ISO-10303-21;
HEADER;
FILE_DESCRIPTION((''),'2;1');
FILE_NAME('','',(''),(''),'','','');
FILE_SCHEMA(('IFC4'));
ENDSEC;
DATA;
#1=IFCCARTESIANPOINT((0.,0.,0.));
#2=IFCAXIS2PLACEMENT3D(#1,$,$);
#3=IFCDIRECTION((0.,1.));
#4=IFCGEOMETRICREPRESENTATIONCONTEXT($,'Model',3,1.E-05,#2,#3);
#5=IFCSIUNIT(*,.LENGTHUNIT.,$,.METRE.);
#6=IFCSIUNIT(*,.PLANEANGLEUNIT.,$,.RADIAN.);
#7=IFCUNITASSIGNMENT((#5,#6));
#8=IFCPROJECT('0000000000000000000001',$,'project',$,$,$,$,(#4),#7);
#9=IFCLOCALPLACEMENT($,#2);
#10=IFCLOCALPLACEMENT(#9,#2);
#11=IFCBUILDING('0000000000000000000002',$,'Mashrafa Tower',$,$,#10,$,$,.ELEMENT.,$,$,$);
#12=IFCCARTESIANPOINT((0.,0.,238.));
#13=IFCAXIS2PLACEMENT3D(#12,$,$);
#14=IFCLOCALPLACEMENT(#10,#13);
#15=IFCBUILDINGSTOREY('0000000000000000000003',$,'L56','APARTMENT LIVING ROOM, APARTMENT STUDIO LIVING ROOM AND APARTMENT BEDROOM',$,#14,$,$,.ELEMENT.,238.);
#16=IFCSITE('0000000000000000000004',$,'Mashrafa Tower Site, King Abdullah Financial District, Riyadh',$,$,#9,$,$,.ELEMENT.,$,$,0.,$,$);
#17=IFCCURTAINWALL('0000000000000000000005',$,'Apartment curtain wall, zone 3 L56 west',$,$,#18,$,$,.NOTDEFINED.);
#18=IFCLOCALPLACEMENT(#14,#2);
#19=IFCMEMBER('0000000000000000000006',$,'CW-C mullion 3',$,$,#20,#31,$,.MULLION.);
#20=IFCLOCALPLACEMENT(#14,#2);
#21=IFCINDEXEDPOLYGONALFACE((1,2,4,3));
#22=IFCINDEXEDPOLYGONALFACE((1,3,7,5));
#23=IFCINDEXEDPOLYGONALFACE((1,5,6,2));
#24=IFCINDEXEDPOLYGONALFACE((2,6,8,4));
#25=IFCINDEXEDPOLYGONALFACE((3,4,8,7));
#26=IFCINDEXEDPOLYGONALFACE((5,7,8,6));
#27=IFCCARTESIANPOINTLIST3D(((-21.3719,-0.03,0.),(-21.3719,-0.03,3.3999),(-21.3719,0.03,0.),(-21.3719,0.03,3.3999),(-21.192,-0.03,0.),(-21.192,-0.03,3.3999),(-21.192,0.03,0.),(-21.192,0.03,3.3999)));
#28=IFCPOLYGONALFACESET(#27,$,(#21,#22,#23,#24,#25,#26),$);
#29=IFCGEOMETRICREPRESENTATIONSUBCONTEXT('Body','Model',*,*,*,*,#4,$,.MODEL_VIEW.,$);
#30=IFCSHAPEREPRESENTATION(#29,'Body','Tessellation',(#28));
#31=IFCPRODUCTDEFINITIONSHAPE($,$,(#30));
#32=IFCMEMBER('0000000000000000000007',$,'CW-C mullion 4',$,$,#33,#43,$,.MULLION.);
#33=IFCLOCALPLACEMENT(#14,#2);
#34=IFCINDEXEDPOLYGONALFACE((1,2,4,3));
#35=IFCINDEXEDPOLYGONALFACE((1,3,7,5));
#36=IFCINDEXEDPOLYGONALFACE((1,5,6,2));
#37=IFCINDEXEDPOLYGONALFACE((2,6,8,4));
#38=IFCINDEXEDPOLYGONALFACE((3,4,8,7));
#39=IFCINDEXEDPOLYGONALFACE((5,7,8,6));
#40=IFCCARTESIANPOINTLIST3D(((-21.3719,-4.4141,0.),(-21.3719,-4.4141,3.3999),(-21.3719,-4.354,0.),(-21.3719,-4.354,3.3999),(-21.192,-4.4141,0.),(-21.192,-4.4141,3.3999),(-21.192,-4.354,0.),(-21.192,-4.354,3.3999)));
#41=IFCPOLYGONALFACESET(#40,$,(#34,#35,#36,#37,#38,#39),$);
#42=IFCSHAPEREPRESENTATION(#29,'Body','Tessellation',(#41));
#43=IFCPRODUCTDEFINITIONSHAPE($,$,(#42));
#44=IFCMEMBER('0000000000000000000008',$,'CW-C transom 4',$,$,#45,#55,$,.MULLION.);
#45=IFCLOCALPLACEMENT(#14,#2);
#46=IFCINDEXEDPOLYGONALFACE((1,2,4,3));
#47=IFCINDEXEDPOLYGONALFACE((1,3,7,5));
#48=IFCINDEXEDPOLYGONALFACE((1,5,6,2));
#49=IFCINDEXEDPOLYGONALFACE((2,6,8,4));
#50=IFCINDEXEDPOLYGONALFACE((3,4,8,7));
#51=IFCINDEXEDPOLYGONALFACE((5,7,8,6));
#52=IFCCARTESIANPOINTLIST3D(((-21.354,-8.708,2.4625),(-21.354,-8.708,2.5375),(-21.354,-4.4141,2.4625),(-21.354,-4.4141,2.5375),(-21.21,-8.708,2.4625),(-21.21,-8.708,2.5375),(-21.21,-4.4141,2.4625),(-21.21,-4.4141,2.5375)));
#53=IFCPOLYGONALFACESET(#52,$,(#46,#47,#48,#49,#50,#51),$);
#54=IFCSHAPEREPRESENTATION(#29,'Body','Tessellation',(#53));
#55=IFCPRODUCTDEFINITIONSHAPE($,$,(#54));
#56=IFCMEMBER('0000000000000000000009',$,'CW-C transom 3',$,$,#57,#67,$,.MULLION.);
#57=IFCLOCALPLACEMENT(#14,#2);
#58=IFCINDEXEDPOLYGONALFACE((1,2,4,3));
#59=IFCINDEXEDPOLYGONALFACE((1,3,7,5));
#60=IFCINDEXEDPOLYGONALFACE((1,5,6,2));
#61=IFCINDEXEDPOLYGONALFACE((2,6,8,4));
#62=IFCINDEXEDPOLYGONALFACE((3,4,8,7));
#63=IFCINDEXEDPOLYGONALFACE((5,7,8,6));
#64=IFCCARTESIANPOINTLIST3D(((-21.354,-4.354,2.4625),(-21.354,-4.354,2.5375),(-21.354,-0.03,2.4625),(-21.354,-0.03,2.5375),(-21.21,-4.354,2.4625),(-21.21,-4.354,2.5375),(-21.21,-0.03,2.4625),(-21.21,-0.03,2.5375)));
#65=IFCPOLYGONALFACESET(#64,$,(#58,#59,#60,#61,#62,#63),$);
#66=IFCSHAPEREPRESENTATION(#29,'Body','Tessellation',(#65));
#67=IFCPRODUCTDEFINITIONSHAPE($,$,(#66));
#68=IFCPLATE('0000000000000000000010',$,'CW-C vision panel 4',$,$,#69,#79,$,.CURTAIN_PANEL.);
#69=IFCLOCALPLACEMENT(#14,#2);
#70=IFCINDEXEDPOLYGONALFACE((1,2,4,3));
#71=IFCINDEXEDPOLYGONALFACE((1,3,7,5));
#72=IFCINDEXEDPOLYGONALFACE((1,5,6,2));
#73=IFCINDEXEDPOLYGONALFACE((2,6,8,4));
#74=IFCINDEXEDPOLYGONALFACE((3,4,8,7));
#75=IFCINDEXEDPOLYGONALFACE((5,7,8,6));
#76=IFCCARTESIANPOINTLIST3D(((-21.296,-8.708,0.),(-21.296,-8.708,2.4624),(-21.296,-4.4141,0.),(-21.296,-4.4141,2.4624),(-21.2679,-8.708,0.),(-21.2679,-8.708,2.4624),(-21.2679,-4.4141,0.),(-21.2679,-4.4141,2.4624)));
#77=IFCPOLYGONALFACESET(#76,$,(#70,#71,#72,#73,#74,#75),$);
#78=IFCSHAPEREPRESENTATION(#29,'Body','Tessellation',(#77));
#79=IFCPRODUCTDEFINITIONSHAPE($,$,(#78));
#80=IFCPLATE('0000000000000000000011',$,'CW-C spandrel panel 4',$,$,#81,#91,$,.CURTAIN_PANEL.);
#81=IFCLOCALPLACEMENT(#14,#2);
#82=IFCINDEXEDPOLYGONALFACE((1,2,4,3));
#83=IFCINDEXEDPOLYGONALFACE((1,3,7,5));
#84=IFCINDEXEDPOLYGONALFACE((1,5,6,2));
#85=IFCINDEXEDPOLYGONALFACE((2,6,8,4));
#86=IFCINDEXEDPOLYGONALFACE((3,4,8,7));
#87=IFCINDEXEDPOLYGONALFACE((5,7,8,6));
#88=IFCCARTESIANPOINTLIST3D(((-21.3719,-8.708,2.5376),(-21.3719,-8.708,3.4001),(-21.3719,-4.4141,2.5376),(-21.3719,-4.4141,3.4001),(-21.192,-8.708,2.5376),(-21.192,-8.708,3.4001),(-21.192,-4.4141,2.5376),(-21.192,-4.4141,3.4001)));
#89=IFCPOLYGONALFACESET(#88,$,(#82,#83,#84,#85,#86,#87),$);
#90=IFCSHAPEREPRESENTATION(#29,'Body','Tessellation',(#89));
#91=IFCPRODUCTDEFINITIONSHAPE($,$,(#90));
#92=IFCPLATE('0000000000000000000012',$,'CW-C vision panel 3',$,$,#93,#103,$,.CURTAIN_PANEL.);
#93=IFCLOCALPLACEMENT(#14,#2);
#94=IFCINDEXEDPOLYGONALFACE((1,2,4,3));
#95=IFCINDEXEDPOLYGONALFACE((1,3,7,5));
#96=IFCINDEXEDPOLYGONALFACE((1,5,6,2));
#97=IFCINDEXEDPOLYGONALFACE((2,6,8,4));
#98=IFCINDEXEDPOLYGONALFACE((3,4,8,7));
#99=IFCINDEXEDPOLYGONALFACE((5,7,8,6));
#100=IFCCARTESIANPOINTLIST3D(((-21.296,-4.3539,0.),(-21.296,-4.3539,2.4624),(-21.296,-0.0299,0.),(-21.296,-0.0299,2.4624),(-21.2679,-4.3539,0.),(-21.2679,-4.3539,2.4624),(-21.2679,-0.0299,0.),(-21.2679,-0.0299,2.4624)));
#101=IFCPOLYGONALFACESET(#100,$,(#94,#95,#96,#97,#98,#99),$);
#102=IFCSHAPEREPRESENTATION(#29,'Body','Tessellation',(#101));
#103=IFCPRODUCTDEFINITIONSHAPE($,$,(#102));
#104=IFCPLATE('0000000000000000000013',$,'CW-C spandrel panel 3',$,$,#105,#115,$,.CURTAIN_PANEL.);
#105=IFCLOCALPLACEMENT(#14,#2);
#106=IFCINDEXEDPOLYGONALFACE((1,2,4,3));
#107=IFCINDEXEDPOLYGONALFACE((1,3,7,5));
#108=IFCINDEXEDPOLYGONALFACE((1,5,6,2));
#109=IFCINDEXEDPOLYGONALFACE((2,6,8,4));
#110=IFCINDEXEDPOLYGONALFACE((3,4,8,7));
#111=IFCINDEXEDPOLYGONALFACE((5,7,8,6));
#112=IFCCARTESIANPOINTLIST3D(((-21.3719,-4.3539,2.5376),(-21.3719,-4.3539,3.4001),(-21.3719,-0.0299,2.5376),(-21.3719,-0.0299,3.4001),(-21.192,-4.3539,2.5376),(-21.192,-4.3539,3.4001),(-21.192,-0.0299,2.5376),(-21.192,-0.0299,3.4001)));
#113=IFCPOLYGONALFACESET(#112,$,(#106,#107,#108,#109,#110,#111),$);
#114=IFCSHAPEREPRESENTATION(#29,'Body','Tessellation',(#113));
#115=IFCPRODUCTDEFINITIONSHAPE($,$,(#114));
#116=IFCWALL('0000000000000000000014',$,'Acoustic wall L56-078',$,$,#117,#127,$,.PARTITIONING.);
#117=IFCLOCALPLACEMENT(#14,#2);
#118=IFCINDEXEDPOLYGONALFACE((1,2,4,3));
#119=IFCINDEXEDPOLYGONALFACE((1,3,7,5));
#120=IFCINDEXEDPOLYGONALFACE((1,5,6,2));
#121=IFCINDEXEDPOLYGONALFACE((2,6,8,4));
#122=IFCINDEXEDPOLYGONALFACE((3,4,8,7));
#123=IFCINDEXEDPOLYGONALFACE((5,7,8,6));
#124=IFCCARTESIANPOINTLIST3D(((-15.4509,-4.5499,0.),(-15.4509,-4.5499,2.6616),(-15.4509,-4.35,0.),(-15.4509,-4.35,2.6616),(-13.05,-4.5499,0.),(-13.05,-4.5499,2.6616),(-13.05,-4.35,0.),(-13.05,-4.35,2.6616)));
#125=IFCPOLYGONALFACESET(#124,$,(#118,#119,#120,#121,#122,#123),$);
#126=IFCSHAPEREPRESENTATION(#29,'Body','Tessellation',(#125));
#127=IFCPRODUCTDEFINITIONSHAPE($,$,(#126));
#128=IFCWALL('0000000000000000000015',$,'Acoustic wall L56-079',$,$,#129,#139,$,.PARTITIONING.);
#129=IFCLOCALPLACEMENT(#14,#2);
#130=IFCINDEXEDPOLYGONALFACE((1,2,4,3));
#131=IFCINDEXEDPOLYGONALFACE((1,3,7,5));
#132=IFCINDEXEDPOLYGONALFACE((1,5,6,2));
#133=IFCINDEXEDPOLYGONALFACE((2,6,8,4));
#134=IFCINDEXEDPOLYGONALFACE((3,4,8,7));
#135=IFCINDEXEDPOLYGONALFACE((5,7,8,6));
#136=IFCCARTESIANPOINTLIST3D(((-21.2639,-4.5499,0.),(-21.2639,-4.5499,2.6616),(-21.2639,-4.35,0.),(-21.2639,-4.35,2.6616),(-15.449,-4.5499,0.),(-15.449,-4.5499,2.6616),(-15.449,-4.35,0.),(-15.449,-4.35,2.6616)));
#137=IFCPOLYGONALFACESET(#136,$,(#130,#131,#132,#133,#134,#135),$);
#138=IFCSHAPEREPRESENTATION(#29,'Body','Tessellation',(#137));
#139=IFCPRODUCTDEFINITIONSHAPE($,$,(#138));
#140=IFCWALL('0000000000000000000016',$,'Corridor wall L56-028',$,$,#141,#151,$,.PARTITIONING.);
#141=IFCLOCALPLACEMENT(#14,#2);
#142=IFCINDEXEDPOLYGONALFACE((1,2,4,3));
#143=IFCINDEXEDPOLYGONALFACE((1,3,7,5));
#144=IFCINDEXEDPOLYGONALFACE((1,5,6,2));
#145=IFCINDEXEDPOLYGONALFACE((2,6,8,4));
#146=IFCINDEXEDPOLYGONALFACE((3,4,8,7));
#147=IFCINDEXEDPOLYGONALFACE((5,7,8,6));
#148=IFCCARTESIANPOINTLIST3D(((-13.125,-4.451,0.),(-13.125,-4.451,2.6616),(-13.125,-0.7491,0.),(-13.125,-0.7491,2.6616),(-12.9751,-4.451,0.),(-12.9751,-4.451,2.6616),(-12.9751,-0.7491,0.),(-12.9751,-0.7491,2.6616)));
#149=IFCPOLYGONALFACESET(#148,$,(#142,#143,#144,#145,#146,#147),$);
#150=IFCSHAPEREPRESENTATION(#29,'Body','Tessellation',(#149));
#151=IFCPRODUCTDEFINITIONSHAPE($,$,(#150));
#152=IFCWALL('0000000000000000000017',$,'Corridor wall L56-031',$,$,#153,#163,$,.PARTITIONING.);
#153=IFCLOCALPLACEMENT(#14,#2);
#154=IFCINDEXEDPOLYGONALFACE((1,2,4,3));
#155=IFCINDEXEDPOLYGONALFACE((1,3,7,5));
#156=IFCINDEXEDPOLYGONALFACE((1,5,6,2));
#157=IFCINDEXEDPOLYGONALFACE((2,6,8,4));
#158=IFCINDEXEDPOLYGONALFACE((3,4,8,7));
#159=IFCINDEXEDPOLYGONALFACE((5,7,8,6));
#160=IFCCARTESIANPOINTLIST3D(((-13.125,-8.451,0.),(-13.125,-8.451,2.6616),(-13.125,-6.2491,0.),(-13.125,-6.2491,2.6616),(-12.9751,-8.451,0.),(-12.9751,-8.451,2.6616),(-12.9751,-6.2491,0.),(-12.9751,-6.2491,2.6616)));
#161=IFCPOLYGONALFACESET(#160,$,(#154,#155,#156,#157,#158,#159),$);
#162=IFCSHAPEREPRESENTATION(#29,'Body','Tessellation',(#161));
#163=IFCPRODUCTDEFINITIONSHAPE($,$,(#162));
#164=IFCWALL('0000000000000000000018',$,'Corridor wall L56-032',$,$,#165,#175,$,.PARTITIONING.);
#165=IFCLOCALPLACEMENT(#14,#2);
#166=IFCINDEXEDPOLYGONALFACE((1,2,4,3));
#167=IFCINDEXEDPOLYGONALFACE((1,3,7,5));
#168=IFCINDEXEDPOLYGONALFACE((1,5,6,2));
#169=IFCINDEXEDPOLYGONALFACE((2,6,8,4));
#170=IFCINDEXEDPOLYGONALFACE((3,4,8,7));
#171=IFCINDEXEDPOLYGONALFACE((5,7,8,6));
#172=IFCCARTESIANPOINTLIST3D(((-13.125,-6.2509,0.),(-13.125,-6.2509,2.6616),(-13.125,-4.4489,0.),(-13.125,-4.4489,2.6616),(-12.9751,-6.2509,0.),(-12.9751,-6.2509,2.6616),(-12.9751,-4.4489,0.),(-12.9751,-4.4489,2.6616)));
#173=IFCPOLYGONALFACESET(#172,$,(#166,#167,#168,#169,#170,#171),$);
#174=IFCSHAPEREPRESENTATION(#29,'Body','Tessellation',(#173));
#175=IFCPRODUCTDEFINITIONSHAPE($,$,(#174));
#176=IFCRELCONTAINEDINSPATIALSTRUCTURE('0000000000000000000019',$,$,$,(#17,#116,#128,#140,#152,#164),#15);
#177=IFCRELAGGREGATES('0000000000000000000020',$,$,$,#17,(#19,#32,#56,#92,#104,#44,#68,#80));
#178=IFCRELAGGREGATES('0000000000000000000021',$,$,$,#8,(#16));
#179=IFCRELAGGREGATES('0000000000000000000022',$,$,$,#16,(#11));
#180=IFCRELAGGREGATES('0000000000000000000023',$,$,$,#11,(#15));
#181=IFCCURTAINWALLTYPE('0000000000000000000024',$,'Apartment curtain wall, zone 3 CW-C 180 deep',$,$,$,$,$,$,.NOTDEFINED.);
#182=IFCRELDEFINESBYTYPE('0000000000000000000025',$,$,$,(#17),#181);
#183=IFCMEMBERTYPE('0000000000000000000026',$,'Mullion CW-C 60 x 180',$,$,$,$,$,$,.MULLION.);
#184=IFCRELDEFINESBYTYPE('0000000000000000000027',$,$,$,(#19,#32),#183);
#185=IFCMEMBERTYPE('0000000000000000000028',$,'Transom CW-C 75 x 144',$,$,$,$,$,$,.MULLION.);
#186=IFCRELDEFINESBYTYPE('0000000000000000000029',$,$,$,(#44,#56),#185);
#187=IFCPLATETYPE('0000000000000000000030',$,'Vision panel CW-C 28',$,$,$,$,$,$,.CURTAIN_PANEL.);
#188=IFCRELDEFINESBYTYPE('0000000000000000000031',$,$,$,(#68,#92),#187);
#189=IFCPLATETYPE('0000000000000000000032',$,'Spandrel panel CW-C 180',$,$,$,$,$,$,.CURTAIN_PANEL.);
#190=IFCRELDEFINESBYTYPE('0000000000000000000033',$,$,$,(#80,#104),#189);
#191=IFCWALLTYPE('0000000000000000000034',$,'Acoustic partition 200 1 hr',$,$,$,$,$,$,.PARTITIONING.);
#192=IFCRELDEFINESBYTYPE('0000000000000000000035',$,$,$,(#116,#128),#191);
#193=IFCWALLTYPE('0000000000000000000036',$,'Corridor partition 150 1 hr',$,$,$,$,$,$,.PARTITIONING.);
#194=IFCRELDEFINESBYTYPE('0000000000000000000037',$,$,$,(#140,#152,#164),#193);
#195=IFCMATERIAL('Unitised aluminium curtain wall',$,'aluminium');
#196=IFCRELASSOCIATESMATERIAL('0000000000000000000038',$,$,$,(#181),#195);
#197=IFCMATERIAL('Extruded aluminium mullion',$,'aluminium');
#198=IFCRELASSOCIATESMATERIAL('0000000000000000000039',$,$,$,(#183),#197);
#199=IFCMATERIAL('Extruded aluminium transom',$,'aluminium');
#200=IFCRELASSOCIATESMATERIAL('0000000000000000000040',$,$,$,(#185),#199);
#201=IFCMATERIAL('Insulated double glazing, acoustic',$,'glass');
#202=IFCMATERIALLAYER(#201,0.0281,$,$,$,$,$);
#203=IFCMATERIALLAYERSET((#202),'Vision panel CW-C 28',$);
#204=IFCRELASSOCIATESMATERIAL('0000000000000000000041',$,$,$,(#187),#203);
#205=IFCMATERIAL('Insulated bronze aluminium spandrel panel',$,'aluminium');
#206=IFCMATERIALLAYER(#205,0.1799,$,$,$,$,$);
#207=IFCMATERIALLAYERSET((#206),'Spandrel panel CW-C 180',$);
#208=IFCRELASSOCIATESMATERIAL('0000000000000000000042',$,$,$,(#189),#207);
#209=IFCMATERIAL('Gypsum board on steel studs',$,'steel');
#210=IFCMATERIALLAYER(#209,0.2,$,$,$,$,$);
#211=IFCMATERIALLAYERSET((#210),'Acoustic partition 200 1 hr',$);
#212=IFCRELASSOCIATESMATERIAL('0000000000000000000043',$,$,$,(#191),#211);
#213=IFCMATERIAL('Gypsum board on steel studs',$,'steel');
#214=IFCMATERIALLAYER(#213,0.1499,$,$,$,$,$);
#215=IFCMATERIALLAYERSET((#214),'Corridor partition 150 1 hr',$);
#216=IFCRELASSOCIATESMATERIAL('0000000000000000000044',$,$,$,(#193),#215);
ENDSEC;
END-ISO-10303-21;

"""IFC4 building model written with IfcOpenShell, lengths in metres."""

from ifc_helpers import new_model, si_unit, direction, frame, frame_2d, origin, origin_2d, place, context, subcontext, project, spatial, rectangle, extrude, source, transform, mapped, material, layer, layer_set, material_profile, profile_set, type_object, type_shapes, element, aggregate, save


model = new_model("IFC4")

# Units and contexts
model_context = context("Model", 3, precision=1e-05, world=origin(), true_north=direction((0.0, 1.0)))
body_context = subcontext(model_context, "Body", "Model", "MODEL_VIEW")
ifc_project = project(units=[si_unit("LENGTHUNIT", "METRE"), si_unit("PLANEANGLEUNIT", "RADIAN")], contexts=[model_context])

# Site, building, storey
site_placement = place(None, origin())
site = spatial("IfcSite", under=ifc_project, at=site_placement, Name="Mashrafa Tower Site, King Abdullah Financial District, Riyadh", CompositionType="ELEMENT", RefElevation=0.0)
building_placement = place(site_placement, origin())
building = spatial("IfcBuilding", under=site, at=building_placement, Name="Mashrafa Tower", CompositionType="ELEMENT")
storey_placement = place(building_placement, frame((0.0, 0.0, 238.0)))
storey = spatial("IfcBuildingStorey", under=building, at=storey_placement, Name="L56", Description="APARTMENT LIVING ROOM, APARTMENT STUDIO LIVING ROOM AND APARTMENT BEDROOM", CompositionType="ELEMENT", Elevation=238.0)

# Curtain wall, members, plates
ifc_material_1 = material(Name="Unitised aluminium curtain wall", Category="aluminium")
curtain_wall_type = type_object("IfcCurtainWallType", Name="Apartment curtain wall, zone 3 CW-C 180 deep", PredefinedType="NOTDEFINED", material=ifc_material_1)
curtain_wall_placement = place(storey_placement, origin())
curtain_wall = element("IfcCurtainWall", 1, at=curtain_wall_placement, inside=storey, type_object=curtain_wall_type, Name="Apartment curtain wall, zone 3 L56 west", PredefinedType="NOTDEFINED")
ifc_material_2 = material(Name="Extruded aluminium mullion", Category="aluminium")
ifc_material_profile_1 = material_profile(ifc_material_2, rectangle(XDim=0.1799, YDim=0.0601, at=origin_2d()), Name="Mullion 60x180")
ifc_profile_set_1 = profile_set([ifc_material_profile_1], Name="Extruded aluminium mullion")
member_type_1 = type_object("IfcMemberType", Name="Mullion CW-C 60 x 180", PredefinedType="MULLION", material=ifc_profile_set_1)
shared_shape_1 = source(origin(), body_context, "Body", "SweptSolid", [
    extrude(rectangle(XDim=0.1799, YDim=0.0601, at=origin_2d()), origin(), (0.0, 0.0, 1.0), 3.3999),
])
type_shapes(member_type_1, [shared_shape_1])
member_1_placement = place(storey_placement, frame((-21.282, 0.0, 0.0), z_axis=(0.0, 0.0, 1.0), x_axis=(1.0, 0.0, 0.0)))
member_1 = element("IfcMember", 2, at=member_1_placement, type_object=member_type_1, Name="CW-C mullion 3", PredefinedType="MULLION", context=body_context, shape_type="MappedRepresentation", body=[
    mapped(shared_shape_1, transform((0.0, 0.0, 0.0))),
])
member_2_placement = place(storey_placement, frame((-21.282, -4.384, 0.0), z_axis=(0.0, 0.0, 1.0), x_axis=(1.0, 0.0, 0.0)))
member_2 = element("IfcMember", 3, at=member_2_placement, type_object=member_type_1, Name="CW-C mullion 4", PredefinedType="MULLION", context=body_context, shape_type="MappedRepresentation", body=[
    mapped(shared_shape_1, transform((0.0, 0.0, 0.0))),
])
ifc_material_3 = material(Name="Extruded aluminium transom", Category="aluminium")
ifc_material_profile_2 = material_profile(ifc_material_3, rectangle(XDim=0.144, YDim=0.075, at=origin_2d()), Name="Transom 75x144")
ifc_profile_set_2 = profile_set([ifc_material_profile_2], Name="Extruded aluminium transom")
member_type_2 = type_object("IfcMemberType", Name="Transom CW-C 75 x 144", PredefinedType="MULLION", material=ifc_profile_set_2)
shared_shape_2 = source(origin(), body_context, "Body", "SweptSolid", [
    extrude(rectangle(XDim=0.144, YDim=0.075, at=origin_2d()), origin(), (0.0, 0.0, 1.0), 4.2939),
])
member_3_placement = place(storey_placement, frame((-21.282, -4.4141, 2.5), z_axis=(0.0, -1.0, 0.0), x_axis=(1.0, 0.0, 0.0)))
member_3 = element("IfcMember", 4, at=member_3_placement, type_object=member_type_2, Name="CW-C transom 4", PredefinedType="MULLION", context=body_context, shape_type="MappedRepresentation", body=[
    mapped(shared_shape_2, transform((0.0, 0.0, 0.0))),
])
shared_shape_3 = source(origin(), body_context, "Body", "SweptSolid", [
    extrude(rectangle(XDim=0.144, YDim=0.075, at=origin_2d()), origin(), (0.0, 0.0, 1.0), 4.324),
])
type_shapes(member_type_2, [shared_shape_2, shared_shape_3])
member_4_placement = place(storey_placement, frame((-21.282, -0.03, 2.5), z_axis=(0.0, -1.0, 0.0), x_axis=(1.0, 0.0, 0.0)))
member_4 = element("IfcMember", 5, at=member_4_placement, type_object=member_type_2, Name="CW-C transom 3", PredefinedType="MULLION", context=body_context, shape_type="MappedRepresentation", body=[
    mapped(shared_shape_3, transform((0.0, 0.0, 0.0))),
])
ifc_material_4 = material(Name="Insulated double glazing, acoustic", Category="glass")
ifc_layer_1 = layer(ifc_material_4, 0.0281)
ifc_layer_set_1 = layer_set([ifc_layer_1], Name="Vision panel CW-C 28")
plate_type_1 = type_object("IfcPlateType", Name="Vision panel CW-C 28", PredefinedType="CURTAIN_PANEL", material=ifc_layer_set_1)
shared_shape_4 = source(origin(), body_context, "Body", "SweptSolid", [
    extrude(rectangle(XDim=4.2939, YDim=0.0281, at=origin_2d()), origin(), (0.0, 0.0, 1.0), 2.4624),
])
plate_1_placement = place(storey_placement, frame((-21.282, -6.561, 0.0), z_axis=(0.0, 0.0, 1.0), x_axis=(0.0, -1.0, 0.0)))
plate_1 = element("IfcPlate", 6, at=plate_1_placement, type_object=plate_type_1, Name="CW-C vision panel 4", PredefinedType="CURTAIN_PANEL", context=body_context, shape_type="MappedRepresentation", body=[
    mapped(shared_shape_4, transform((0.0, 0.0, 0.0))),
])
ifc_material_5 = material(Name="Insulated bronze aluminium spandrel panel", Category="aluminium")
ifc_layer_2 = layer(ifc_material_5, 0.1799)
ifc_layer_set_2 = layer_set([ifc_layer_2], Name="Spandrel panel CW-C 180")
plate_type_2 = type_object("IfcPlateType", Name="Spandrel panel CW-C 180", PredefinedType="CURTAIN_PANEL", material=ifc_layer_set_2)
shared_shape_5 = source(origin(), body_context, "Body", "SweptSolid", [
    extrude(rectangle(XDim=4.2939, YDim=0.1799, at=origin_2d()), origin(), (0.0, 0.0, 1.0), 0.8625),
])
plate_2_placement = place(storey_placement, frame((-21.282, -6.561, 2.5376), z_axis=(0.0, 0.0, 1.0), x_axis=(0.0, -1.0, 0.0)))
plate_2 = element("IfcPlate", 7, at=plate_2_placement, type_object=plate_type_2, Name="CW-C spandrel panel 4", PredefinedType="CURTAIN_PANEL", context=body_context, shape_type="MappedRepresentation", body=[
    mapped(shared_shape_5, transform((0.0, 0.0, 0.0))),
])
shared_shape_6 = source(origin(), body_context, "Body", "SweptSolid", [
    extrude(rectangle(XDim=4.324, YDim=0.0281, at=origin_2d()), origin(), (0.0, 0.0, 1.0), 2.4624),
])
type_shapes(plate_type_1, [shared_shape_4, shared_shape_6])
plate_3_placement = place(storey_placement, frame((-21.282, -2.1919, 0.0), z_axis=(0.0, 0.0, 1.0), x_axis=(0.0, -1.0, 0.0)))
plate_3 = element("IfcPlate", 8, at=plate_3_placement, type_object=plate_type_1, Name="CW-C vision panel 3", PredefinedType="CURTAIN_PANEL", context=body_context, shape_type="MappedRepresentation", body=[
    mapped(shared_shape_6, transform((0.0, 0.0, 0.0))),
])
shared_shape_7 = source(origin(), body_context, "Body", "SweptSolid", [
    extrude(rectangle(XDim=4.324, YDim=0.1799, at=origin_2d()), origin(), (0.0, 0.0, 1.0), 0.8625),
])
type_shapes(plate_type_2, [shared_shape_5, shared_shape_7])
plate_4_placement = place(storey_placement, frame((-21.282, -2.1919, 2.5376), z_axis=(0.0, 0.0, 1.0), x_axis=(0.0, -1.0, 0.0)))
plate_4 = element("IfcPlate", 9, at=plate_4_placement, type_object=plate_type_2, Name="CW-C spandrel panel 3", PredefinedType="CURTAIN_PANEL", context=body_context, shape_type="MappedRepresentation", body=[
    mapped(shared_shape_7, transform((0.0, 0.0, 0.0))),
])
aggregate(curtain_wall, [member_1, member_2, member_4, plate_3, plate_4, member_3, plate_1, plate_2])

# Walls
ifc_material_6 = material(Name="Gypsum board on steel studs", Category="steel")
ifc_layer_3 = layer(ifc_material_6, 0.2)
ifc_layer_set_3 = layer_set([ifc_layer_3], Name="Acoustic partition 200 1 hr")
wall_type_1 = type_object("IfcWallType", Name="Acoustic partition 200 1 hr", PredefinedType="PARTITIONING", material=ifc_layer_set_3)
wall_1_placement = place(storey_placement, frame((-15.4509, -4.45, 0.0), z_axis=(0.0, 0.0, 1.0), x_axis=(1.0, 0.0, 0.0)))
element("IfcWall", 10, at=wall_1_placement, inside=storey, type_object=wall_type_1, Name="Acoustic wall L56-078", PredefinedType="PARTITIONING", context=body_context, shape_type="SweptSolid", body=[
    extrude(rectangle(XDim=2.4009, YDim=0.2, at=frame_2d((1.2004, 0.0))), origin(), (0.0, 0.0, 1.0), 2.6616),
])
wall_2_placement = place(storey_placement, frame((-21.2639, -4.45, 0.0), z_axis=(0.0, 0.0, 1.0), x_axis=(1.0, 0.0, 0.0)))
element("IfcWall", 11, at=wall_2_placement, inside=storey, type_object=wall_type_1, Name="Acoustic wall L56-079", PredefinedType="PARTITIONING", context=body_context, shape_type="SweptSolid", body=[
    extrude(rectangle(XDim=5.8149, YDim=0.2, at=frame_2d((2.9075, 0.0))), origin(), (0.0, 0.0, 1.0), 2.6616),
])
ifc_material_7 = material(Name="Gypsum board on steel studs", Category="steel")
ifc_layer_4 = layer(ifc_material_7, 0.1499)
ifc_layer_set_4 = layer_set([ifc_layer_4], Name="Corridor partition 150 1 hr")
wall_type_2 = type_object("IfcWallType", Name="Corridor partition 150 1 hr", PredefinedType="PARTITIONING", material=ifc_layer_set_4)
wall_3_placement = place(storey_placement, frame((-13.05, -0.749, 0.0), z_axis=(0.0, 0.0, 1.0), x_axis=(0.0, -1.0, 0.0)))
element("IfcWall", 12, at=wall_3_placement, inside=storey, type_object=wall_type_2, Name="Corridor wall L56-028", PredefinedType="PARTITIONING", context=body_context, shape_type="SweptSolid", body=[
    extrude(rectangle(XDim=3.7019, YDim=0.1499, at=frame_2d((1.8511, 0.0))), origin(), (0.0, 0.0, 1.0), 2.6616),
])
wall_4_placement = place(storey_placement, frame((-13.05, -6.249, 0.0), z_axis=(0.0, 0.0, 1.0), x_axis=(0.0, -1.0, 0.0)))
element("IfcWall", 13, at=wall_4_placement, inside=storey, type_object=wall_type_2, Name="Corridor wall L56-031", PredefinedType="PARTITIONING", context=body_context, shape_type="SweptSolid", body=[
    extrude(rectangle(XDim=2.2019, YDim=0.1499, at=frame_2d((1.1011, 0.0))), origin(), (0.0, 0.0, 1.0), 2.6616),
])
wall_5_placement = place(storey_placement, frame((-13.05, -4.449, 0.0), z_axis=(0.0, 0.0, 1.0), x_axis=(0.0, -1.0, 0.0)))
element("IfcWall", 14, at=wall_5_placement, inside=storey, type_object=wall_type_2, Name="Corridor wall L56-032", PredefinedType="PARTITIONING", context=body_context, shape_type="SweptSolid", body=[
    extrude(rectangle(XDim=1.802, YDim=0.1499, at=frame_2d((0.9009, 0.0))), origin(), (0.0, 0.0, 1.0), 2.6616),
])

save(model, "model.ifc")
